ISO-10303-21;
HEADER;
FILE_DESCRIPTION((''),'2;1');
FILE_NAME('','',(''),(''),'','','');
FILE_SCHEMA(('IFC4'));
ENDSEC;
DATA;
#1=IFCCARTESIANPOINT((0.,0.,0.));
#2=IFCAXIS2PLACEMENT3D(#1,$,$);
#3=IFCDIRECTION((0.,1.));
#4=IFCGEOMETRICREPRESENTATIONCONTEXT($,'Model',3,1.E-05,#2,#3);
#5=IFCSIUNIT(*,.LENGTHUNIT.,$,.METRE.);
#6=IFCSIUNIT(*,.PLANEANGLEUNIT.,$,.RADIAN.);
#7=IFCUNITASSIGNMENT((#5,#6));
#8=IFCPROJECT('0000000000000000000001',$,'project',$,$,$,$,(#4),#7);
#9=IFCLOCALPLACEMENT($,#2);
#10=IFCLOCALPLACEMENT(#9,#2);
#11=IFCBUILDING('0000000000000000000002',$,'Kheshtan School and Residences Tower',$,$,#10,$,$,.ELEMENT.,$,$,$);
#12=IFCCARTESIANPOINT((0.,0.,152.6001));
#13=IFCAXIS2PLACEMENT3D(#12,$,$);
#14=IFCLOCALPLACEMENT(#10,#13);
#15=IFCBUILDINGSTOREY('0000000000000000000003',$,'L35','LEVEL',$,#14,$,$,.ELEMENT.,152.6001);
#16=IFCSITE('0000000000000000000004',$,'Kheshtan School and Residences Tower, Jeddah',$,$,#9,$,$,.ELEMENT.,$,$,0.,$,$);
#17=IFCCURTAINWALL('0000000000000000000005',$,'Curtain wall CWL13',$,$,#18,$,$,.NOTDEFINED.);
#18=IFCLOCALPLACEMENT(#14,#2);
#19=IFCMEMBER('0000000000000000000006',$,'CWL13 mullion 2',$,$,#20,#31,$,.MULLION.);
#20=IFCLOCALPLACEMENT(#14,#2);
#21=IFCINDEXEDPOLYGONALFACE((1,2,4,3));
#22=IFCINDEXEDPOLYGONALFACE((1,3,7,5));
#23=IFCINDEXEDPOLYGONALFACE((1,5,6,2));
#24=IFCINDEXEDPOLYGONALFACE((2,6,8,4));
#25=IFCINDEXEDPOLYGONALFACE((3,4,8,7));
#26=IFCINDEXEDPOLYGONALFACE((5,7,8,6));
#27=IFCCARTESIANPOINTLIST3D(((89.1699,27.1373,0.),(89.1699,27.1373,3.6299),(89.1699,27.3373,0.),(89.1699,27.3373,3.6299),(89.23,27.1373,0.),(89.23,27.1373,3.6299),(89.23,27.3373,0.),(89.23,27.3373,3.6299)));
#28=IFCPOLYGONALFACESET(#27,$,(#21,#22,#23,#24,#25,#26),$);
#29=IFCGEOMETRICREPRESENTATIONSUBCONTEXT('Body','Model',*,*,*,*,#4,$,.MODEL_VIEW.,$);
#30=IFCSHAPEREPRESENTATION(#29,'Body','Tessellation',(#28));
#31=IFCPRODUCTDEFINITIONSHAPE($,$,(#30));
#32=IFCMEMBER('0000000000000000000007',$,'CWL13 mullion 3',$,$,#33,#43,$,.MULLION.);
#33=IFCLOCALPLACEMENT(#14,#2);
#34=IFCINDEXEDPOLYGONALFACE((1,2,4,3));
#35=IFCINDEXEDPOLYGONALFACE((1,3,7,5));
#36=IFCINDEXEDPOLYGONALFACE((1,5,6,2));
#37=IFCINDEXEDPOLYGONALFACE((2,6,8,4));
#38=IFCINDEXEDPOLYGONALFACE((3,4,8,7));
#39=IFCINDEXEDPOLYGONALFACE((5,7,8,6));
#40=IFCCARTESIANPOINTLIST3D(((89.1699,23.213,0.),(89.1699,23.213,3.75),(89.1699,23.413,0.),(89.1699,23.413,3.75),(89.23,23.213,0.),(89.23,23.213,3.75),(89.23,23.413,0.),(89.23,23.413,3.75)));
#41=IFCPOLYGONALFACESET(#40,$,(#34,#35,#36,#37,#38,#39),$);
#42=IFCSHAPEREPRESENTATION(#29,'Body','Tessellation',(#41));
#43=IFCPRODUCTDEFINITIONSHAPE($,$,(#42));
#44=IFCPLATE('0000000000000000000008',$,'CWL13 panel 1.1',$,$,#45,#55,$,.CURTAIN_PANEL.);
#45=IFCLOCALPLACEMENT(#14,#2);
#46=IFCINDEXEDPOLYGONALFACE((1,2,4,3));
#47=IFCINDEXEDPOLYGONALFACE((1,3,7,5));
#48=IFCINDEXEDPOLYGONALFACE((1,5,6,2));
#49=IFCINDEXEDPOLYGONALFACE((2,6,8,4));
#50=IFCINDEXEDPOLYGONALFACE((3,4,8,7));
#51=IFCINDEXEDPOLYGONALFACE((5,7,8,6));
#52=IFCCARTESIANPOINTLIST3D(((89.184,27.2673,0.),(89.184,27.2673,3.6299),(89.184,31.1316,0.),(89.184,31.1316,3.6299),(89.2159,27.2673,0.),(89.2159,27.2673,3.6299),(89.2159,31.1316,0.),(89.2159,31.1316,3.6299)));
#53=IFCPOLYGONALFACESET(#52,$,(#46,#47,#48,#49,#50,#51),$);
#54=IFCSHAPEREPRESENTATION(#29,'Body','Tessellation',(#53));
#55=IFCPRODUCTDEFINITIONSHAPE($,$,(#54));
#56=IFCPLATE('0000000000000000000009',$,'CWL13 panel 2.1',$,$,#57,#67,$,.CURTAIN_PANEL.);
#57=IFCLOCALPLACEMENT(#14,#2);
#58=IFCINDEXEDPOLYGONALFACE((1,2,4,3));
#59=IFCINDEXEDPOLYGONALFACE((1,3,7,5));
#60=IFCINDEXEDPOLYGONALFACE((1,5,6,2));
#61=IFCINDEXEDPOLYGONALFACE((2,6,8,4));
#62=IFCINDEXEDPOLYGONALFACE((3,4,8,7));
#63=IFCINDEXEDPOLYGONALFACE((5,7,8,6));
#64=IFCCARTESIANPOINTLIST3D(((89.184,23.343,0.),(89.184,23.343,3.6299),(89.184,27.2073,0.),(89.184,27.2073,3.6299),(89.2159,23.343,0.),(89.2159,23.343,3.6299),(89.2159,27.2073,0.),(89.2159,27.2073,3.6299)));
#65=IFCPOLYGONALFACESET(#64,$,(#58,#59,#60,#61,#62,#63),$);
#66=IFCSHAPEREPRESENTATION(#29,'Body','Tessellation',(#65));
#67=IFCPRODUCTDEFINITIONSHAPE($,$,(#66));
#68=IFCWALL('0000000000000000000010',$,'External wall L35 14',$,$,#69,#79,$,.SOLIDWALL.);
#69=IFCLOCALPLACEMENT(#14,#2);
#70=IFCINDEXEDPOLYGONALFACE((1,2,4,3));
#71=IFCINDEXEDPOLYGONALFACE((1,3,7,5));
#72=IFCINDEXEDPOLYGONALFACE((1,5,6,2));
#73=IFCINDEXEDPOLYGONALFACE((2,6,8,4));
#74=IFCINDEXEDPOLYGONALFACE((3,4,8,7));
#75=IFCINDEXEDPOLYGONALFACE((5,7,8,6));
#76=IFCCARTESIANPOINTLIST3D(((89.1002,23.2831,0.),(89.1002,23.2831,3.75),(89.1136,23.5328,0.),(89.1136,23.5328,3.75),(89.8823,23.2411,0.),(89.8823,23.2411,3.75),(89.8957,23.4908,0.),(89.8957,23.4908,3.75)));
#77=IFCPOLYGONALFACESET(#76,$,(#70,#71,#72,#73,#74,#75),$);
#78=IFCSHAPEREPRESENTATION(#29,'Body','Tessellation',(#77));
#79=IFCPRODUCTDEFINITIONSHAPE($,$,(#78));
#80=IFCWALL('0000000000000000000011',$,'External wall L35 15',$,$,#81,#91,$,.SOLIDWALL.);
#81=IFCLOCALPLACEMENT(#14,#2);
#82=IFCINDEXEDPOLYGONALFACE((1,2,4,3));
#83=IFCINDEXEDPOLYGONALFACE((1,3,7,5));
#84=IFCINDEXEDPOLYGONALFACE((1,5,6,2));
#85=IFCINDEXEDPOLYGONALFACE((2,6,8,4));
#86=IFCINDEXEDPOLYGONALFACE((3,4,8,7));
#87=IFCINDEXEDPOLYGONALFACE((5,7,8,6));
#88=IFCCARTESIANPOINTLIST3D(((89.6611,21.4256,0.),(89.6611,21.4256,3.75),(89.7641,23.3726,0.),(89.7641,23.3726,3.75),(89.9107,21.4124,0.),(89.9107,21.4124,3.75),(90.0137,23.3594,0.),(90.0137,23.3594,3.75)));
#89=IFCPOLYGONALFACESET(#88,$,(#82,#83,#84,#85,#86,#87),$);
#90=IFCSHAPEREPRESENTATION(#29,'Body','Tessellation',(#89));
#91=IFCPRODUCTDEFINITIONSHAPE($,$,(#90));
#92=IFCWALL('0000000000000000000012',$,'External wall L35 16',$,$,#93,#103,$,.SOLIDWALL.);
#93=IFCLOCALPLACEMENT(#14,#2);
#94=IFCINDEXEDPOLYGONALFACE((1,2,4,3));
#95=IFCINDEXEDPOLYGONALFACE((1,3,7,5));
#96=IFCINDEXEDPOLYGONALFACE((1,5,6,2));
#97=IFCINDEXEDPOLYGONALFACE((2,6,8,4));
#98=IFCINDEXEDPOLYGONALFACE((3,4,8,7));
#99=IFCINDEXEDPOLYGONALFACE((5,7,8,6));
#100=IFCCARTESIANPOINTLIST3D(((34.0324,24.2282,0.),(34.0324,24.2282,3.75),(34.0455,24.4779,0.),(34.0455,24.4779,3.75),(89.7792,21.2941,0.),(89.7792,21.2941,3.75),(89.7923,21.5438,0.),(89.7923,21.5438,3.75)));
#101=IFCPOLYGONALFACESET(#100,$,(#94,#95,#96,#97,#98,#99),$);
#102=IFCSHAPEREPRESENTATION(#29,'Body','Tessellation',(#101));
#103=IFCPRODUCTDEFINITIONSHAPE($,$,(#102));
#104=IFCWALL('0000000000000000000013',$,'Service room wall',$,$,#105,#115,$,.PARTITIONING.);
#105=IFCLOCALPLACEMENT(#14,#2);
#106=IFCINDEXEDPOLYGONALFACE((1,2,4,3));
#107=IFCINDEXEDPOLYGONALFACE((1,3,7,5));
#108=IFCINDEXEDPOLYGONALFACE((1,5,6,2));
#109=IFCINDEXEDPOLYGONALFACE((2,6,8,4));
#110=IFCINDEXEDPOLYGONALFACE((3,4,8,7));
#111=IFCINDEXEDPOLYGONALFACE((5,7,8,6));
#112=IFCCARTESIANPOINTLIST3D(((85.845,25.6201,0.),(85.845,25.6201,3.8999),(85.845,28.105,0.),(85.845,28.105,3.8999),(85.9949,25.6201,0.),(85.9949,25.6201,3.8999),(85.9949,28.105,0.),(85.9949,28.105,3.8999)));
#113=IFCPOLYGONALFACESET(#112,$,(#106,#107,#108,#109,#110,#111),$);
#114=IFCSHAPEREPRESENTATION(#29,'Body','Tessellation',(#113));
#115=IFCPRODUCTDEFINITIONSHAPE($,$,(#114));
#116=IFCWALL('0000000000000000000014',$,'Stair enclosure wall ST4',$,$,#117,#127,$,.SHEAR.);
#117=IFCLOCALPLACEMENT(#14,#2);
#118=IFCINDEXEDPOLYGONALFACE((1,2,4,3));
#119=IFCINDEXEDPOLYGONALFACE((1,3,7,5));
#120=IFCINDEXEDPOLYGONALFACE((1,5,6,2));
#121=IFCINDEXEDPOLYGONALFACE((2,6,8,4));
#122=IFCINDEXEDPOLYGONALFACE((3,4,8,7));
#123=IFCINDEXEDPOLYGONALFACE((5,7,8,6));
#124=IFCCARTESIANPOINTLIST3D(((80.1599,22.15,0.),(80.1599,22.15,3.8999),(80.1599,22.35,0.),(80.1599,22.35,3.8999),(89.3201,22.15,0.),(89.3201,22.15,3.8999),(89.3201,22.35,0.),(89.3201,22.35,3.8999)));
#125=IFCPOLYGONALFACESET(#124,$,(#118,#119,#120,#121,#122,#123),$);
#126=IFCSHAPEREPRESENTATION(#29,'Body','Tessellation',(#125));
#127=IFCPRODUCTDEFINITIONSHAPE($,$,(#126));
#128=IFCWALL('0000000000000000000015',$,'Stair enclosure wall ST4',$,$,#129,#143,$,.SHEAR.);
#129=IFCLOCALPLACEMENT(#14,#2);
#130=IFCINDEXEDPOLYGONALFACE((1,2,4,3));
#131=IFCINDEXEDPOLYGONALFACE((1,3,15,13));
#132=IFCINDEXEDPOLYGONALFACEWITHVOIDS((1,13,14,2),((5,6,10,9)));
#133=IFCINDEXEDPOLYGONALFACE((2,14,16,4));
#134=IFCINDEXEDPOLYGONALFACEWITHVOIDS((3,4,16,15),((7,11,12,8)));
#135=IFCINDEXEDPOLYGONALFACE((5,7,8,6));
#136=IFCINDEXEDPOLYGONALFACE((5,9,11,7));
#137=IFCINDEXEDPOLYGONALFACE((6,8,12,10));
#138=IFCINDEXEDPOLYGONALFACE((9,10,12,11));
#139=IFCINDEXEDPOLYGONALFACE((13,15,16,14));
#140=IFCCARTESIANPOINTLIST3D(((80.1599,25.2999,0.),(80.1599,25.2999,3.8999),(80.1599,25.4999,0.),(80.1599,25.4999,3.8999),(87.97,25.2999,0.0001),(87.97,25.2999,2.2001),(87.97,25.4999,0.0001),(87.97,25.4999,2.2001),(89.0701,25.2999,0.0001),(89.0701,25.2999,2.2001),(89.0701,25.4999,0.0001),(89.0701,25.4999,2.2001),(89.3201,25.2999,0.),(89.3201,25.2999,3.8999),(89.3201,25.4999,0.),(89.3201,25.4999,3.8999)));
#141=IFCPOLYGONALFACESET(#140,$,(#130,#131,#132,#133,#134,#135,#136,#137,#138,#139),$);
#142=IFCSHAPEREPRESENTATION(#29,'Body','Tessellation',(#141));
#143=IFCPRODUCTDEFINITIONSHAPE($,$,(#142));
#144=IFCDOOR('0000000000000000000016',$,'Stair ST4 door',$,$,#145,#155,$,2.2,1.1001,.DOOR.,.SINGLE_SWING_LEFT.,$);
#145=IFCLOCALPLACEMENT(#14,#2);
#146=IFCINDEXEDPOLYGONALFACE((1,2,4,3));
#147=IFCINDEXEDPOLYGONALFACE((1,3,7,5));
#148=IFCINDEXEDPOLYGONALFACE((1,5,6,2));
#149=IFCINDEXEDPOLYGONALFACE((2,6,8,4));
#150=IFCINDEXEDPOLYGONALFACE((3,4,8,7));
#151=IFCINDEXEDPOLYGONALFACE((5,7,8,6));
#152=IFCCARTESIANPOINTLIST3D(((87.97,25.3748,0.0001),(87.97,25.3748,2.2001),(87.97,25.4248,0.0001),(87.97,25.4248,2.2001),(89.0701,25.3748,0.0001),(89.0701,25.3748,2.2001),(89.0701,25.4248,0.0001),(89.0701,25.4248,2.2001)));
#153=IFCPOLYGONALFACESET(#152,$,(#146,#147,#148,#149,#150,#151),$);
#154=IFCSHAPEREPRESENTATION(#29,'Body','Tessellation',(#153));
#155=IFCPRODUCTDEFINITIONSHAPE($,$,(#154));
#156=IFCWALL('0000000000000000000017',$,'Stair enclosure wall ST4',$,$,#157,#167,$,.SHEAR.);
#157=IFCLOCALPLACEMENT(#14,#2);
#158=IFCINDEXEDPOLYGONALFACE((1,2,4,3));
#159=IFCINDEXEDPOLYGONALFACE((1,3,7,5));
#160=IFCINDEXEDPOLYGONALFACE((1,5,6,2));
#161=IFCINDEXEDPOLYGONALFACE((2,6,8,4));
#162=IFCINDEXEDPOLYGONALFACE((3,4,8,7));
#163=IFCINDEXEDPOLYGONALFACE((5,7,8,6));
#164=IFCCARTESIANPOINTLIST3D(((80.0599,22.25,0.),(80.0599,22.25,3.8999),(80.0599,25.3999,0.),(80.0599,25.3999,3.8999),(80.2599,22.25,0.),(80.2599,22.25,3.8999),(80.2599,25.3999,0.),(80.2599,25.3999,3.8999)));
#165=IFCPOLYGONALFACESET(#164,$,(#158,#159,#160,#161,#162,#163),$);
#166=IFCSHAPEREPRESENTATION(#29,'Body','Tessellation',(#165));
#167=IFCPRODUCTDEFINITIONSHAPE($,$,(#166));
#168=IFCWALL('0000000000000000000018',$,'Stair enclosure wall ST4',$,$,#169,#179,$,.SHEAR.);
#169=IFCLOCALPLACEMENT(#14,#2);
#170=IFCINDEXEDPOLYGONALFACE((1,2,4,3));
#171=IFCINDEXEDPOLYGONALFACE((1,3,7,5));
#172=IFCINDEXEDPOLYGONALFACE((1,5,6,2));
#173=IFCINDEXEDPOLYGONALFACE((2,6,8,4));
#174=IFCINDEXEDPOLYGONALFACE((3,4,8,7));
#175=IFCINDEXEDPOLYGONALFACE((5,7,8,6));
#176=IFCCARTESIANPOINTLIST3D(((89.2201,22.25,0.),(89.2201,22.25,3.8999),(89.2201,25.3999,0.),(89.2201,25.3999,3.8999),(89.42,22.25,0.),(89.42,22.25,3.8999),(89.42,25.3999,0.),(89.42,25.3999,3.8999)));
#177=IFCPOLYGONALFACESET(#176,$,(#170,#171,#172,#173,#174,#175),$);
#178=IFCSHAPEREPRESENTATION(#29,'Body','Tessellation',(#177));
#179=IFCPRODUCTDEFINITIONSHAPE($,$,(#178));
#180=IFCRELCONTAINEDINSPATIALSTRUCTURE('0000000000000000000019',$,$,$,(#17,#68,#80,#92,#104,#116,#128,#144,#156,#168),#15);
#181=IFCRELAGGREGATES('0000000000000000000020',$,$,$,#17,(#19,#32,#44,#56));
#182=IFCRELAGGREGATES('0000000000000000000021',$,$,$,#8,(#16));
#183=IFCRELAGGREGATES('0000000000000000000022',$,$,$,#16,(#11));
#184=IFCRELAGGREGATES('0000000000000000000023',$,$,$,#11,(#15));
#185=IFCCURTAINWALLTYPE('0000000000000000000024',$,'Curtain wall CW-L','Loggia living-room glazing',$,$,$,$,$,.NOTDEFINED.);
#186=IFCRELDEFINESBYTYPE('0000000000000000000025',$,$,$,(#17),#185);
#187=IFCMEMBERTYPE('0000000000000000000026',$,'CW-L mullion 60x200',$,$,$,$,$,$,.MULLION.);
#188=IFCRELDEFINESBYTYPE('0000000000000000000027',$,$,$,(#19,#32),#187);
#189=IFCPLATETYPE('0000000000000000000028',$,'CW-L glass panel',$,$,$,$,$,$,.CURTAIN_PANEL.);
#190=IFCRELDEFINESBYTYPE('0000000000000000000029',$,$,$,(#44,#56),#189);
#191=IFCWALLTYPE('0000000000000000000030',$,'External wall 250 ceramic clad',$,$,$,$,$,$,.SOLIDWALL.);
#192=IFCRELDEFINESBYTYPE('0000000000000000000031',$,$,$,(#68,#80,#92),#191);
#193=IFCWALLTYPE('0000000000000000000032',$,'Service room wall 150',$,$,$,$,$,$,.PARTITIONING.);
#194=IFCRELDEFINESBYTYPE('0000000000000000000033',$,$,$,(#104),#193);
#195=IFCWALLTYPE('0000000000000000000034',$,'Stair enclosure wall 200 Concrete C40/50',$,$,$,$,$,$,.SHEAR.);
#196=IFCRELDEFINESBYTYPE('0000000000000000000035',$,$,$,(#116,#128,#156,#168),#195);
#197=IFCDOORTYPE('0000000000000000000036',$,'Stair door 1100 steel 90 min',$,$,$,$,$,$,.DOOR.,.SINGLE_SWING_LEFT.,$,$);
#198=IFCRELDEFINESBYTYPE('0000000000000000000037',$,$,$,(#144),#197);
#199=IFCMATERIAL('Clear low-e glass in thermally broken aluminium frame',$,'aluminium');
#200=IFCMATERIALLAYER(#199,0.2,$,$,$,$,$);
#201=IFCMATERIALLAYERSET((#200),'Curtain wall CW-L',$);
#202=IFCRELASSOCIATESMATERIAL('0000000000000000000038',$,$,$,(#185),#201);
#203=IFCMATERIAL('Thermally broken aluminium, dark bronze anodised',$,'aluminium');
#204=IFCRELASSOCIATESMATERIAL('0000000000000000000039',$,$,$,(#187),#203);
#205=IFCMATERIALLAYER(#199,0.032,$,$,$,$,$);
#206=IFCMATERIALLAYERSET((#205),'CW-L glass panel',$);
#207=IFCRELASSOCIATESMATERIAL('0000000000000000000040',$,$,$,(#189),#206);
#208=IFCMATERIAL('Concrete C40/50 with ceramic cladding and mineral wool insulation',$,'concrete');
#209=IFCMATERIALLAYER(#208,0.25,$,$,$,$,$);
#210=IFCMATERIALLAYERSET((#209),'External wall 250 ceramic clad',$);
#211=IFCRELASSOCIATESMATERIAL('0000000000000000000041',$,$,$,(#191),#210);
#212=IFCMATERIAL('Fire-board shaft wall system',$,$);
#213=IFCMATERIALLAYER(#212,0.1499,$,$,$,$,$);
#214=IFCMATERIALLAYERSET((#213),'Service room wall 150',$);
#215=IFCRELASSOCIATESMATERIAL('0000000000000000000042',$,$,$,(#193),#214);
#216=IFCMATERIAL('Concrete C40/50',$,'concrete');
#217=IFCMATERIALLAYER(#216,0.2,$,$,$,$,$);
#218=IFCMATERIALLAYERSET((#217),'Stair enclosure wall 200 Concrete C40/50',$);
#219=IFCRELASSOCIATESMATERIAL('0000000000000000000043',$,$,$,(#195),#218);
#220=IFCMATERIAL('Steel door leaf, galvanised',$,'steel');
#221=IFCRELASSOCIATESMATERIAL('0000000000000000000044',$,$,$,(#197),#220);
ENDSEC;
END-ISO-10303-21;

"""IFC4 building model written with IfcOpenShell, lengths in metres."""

from ifc_helpers import new_model, si_unit, direction, frame, frame_2d, origin, origin_2d, place, context, subcontext, project, spatial, rectangle, extrude, source, transform, mapped, material, layer, layer_set, material_profile, profile_set, type_object, element, fill, aggregate, save


model = new_model("IFC4")

# Units and contexts
model_context = context("Model", 3, precision=1e-05, world=origin(), true_north=direction((0.0, 1.0)))
body_context = subcontext(model_context, "Body", "Model", "MODEL_VIEW")
ifc_project = project(units=[si_unit("LENGTHUNIT", "METRE"), si_unit("PLANEANGLEUNIT", "RADIAN")], contexts=[model_context])

# Site, building, storey
site_placement = place(None, origin())
site = spatial("IfcSite", under=ifc_project, at=site_placement, Name="Kheshtan School and Residences Tower, Jeddah", CompositionType="ELEMENT", RefElevation=0.0)
building_placement = place(site_placement, origin())
building = spatial("IfcBuilding", under=site, at=building_placement, Name="Kheshtan School and Residences Tower", CompositionType="ELEMENT")
storey_placement = place(building_placement, frame((0.0, 0.0, 152.6001)))
storey = spatial("IfcBuildingStorey", under=building, at=storey_placement, Name="L35", Description="LEVEL", CompositionType="ELEMENT", Elevation=152.6001)

# Curtain wall, members, plates
ifc_material_1 = material(Name="Clear low-e glass in thermally broken aluminium frame", Category="aluminium")
ifc_layer_1 = layer(ifc_material_1, 0.2)
ifc_layer_set_1 = layer_set([ifc_layer_1], Name="Curtain wall CW-L")
curtain_wall_type = type_object("IfcCurtainWallType", Name="Curtain wall CW-L", Description="Loggia living-room glazing", PredefinedType="NOTDEFINED", material=ifc_layer_set_1)
curtain_wall_placement = place(storey_placement, origin())
curtain_wall = element("IfcCurtainWall", 1, at=curtain_wall_placement, inside=storey, type_object=curtain_wall_type, Name="Curtain wall CWL13", PredefinedType="NOTDEFINED")
ifc_material_2 = material(Name="Thermally broken aluminium, dark bronze anodised", Category="aluminium")
ifc_material_profile_1 = material_profile(ifc_material_2, rectangle(XDim=0.0601, YDim=0.2, at=origin_2d()), Name="CW-L mullion 60x200")
ifc_profile_set_1 = profile_set([ifc_material_profile_1], Name="Thermally broken aluminium, dark bronze anodised")
member_type = type_object("IfcMemberType", Name="CW-L mullion 60x200", PredefinedType="MULLION", material=ifc_profile_set_1)
member_1_placement = place(storey_placement, frame((89.2, 27.2373, 0.0), z_axis=(0.0, 0.0, 1.0), x_axis=(1.0, 0.0, 0.0)))
member_1 = element("IfcMember", 2, at=member_1_placement, type_object=member_type, Name="CWL13 mullion 2", PredefinedType="MULLION", context=body_context, shape_type="SweptSolid", body=[
    extrude(rectangle(XDim=0.0601, YDim=0.2, at=origin_2d()), origin(), (0.0, 0.0, 1.0), 3.6299),
])
member_2_placement = place(storey_placement, frame((89.2, 23.313, 0.0), z_axis=(0.0, 0.0, 1.0), x_axis=(1.0, 0.0, 0.0)))
member_2 = element("IfcMember", 3, at=member_2_placement, type_object=member_type, Name="CWL13 mullion 3", PredefinedType="MULLION", context=body_context, shape_type="SweptSolid", body=[
    extrude(rectangle(XDim=0.0601, YDim=0.2, at=origin_2d()), origin(), (0.0, 0.0, 1.0), 3.75),
])
ifc_layer_2 = layer(ifc_material_1, 0.032)
ifc_layer_set_2 = layer_set([ifc_layer_2], Name="CW-L glass panel")
plate_type = type_object("IfcPlateType", Name="CW-L glass panel", PredefinedType="CURTAIN_PANEL", material=ifc_layer_set_2)
plate_1_placement = place(storey_placement, frame((89.2, 29.1995, 0.0), z_axis=(0.0, 0.0, 1.0), x_axis=(0.0, -1.0, 0.0)))
plate_1 = element("IfcPlate", 4, at=plate_1_placement, type_object=plate_type, Name="CWL13 panel 1.1", PredefinedType="CURTAIN_PANEL", context=body_context, shape_type="SweptSolid", body=[
    extrude(rectangle(XDim=3.8643, YDim=0.032, at=origin_2d()), origin(), (0.0, 0.0, 1.0), 3.6299),
])
plate_2_placement = place(storey_placement, frame((89.2, 25.2751, 0.0), z_axis=(0.0, 0.0, 1.0), x_axis=(0.0, -1.0, 0.0)))
plate_2 = element("IfcPlate", 5, at=plate_2_placement, type_object=plate_type, Name="CWL13 panel 2.1", PredefinedType="CURTAIN_PANEL", context=body_context, shape_type="SweptSolid", body=[
    extrude(rectangle(XDim=3.8643, YDim=0.032, at=origin_2d()), origin(), (0.0, 0.0, 1.0), 3.6299),
])
aggregate(curtain_wall, [member_1, member_2, plate_1, plate_2])

# Walls
ifc_material_3 = material(Name="Concrete C40/50 with ceramic cladding and mineral wool insulation", Category="concrete")
ifc_layer_3 = layer(ifc_material_3, 0.25)
ifc_layer_set_3 = layer_set([ifc_layer_3], Name="External wall 250 ceramic clad")
wall_type_1 = type_object("IfcWallType", Name="External wall 250 ceramic clad", PredefinedType="SOLIDWALL", material=ifc_layer_set_3)
wall_1_placement = place(storey_placement, frame((89.1069, 23.408, 0.0), z_axis=(0.0, 0.0, 1.0), x_axis=(0.998561, -0.053622, 0.0)))
element("IfcWall", 6, at=wall_1_placement, inside=storey, type_object=wall_type_1, Name="External wall L35 14", PredefinedType="SOLIDWALL", context=body_context, shape_type="SweptSolid", body=[
    extrude(rectangle(XDim=0.7832, YDim=0.25, at=frame_2d((0.3916, 0.0))), origin(), (0.0, 0.0, 1.0), 3.75),
])
wall_2_placement = place(storey_placement, frame((89.8889, 23.366, 0.0), z_axis=(0.0, 0.0, 1.0), x_axis=(-0.052841, -0.998603, 0.0)))
element("IfcWall", 7, at=wall_2_placement, inside=storey, type_object=wall_type_1, Name="External wall L35 15", PredefinedType="SOLIDWALL", context=body_context, shape_type="SweptSolid", body=[
    extrude(rectangle(XDim=1.9497, YDim=0.25, at=frame_2d((0.9749, 0.0))), origin(), (0.0, 0.0, 1.0), 3.75),
])
wall_3_placement = place(storey_placement, frame((89.7859, 21.4189, 0.0), z_axis=(0.0, 0.0, 1.0), x_axis=(-0.998618, 0.05256, 0.0)))
element("IfcWall", 8, at=wall_3_placement, inside=storey, type_object=wall_type_1, Name="External wall L35 16", PredefinedType="SOLIDWALL", context=body_context, shape_type="SweptSolid", body=[
    extrude(rectangle(XDim=55.824, YDim=0.25, at=frame_2d((27.9121, 0.0))), origin(), (0.0, 0.0, 1.0), 3.75),
])
ifc_material_4 = material(Name="Fire-board shaft wall system")
ifc_layer_4 = layer(ifc_material_4, 0.1499)
ifc_layer_set_4 = layer_set([ifc_layer_4], Name="Service room wall 150")
wall_type_2 = type_object("IfcWallType", Name="Service room wall 150", PredefinedType="PARTITIONING", material=ifc_layer_set_4)
wall_4_placement = place(storey_placement, frame((85.9199, 25.6201, 0.0), z_axis=(0.0, 0.0, 1.0), x_axis=(0.0, 1.0, 0.0)))
element("IfcWall", 9, at=wall_4_placement, inside=storey, type_object=wall_type_2, Name="Service room wall", PredefinedType="PARTITIONING", context=body_context, shape_type="SweptSolid", body=[
    extrude(rectangle(XDim=2.4849, YDim=0.1499, at=frame_2d((1.2424, 0.0))), origin(), (0.0, 0.0, 1.0), 3.8999),
])
ifc_material_5 = material(Name="Concrete C40/50", Category="concrete")
ifc_layer_5 = layer(ifc_material_5, 0.2)
ifc_layer_set_5 = layer_set([ifc_layer_5], Name="Stair enclosure wall 200 Concrete C40/50")
wall_type_3 = type_object("IfcWallType", Name="Stair enclosure wall 200 Concrete C40/50", PredefinedType="SHEAR", material=ifc_layer_set_5)
wall_5_placement = place(storey_placement, frame((80.1599, 22.25, 0.0), z_axis=(0.0, 0.0, 1.0), x_axis=(1.0, 0.0, 0.0)))
element("IfcWall", 10, at=wall_5_placement, inside=storey, type_object=wall_type_3, Name="Stair enclosure wall ST4", PredefinedType="SHEAR", context=body_context, shape_type="SweptSolid", body=[
    extrude(rectangle(XDim=9.1602, YDim=0.2, at=frame_2d((4.5801, 0.0))), origin(), (0.0, 0.0, 1.0), 3.8999),
])

# Wall, opening, door
wall_6_placement = place(storey_placement, frame((80.1599, 25.3999, 0.0), z_axis=(0.0, 0.0, 1.0), x_axis=(1.0, 0.0, 0.0)))
wall_6 = element("IfcWall", 11, at=wall_6_placement, inside=storey, type_object=wall_type_3, Name="Stair enclosure wall ST4", PredefinedType="SHEAR", context=body_context, shape_type="SweptSolid", body=[
    extrude(rectangle(XDim=9.1602, YDim=0.2, at=frame_2d((4.5801, 0.0))), origin(), (0.0, 0.0, 1.0), 3.8999),
])
opening_placement = place(wall_6_placement, frame((7.8101, 0.0, 0.0)))
opening = element("IfcOpeningElement", 12, at=opening_placement, cuts=wall_6, PredefinedType="OPENING", context=body_context, shape_type="SweptSolid", body=[
    extrude(rectangle(XDim=1.1001, YDim=2.2, at=frame_2d((0.55, 1.1001))), frame((0.0, 0.1099, 0.0), z_axis=(0.0, -1.0, 0.0), x_axis=(1.0, 0.0, 0.0)), (0.0, 0.0, 1.0), 0.22),
])
ifc_material_6 = material(Name="Steel door leaf, galvanised", Category="steel")
door_type = type_object("IfcDoorType", Name="Stair door 1100 steel 90 min", OperationType="SINGLE_SWING_LEFT", PredefinedType="DOOR", material=ifc_material_6)
shared_shape = source(origin(), body_context, "Body", "SweptSolid", [
    extrude(rectangle(XDim=1.1001, YDim=2.2, at=frame_2d((0.55, 1.1001))), frame((0.0, 0.0249, 0.0), z_axis=(0.0, -1.0, 0.0), x_axis=(1.0, 0.0, 0.0)), (0.0, 0.0, 1.0), 0.05),
])
door_placement = place(opening_placement, origin())
door = element("IfcDoor", 13, at=door_placement, inside=storey, type_object=door_type, Name="Stair ST4 door", OperationType="SINGLE_SWING_LEFT", OverallHeight=2.2, OverallWidth=1.1001, PredefinedType="DOOR", context=body_context, shape_type="MappedRepresentation", body=[
    mapped(shared_shape, transform((0.0, 0.0, 0.0), x_axis=(1.0, 0.0, 0.0), y_axis=(0.0, 1.0, 0.0), z_axis=(0.0, 0.0, 1.0), scale=1.0)),
])
fill(opening, door)

# Walls
for number, where, z_axis, x_axis, name in (
    (14, (80.1599, 22.25, 0.0), (0.0, 0.0, 1.0), (0.0, 1.0, 0.0), "Stair enclosure wall ST4"),
    (15, (89.3201, 22.25, 0.0), (0.0, 0.0, 1.0), (0.0, 1.0, 0.0), "Stair enclosure wall ST4"),
):
    element("IfcWall", number, at=place(storey_placement, frame(where, z_axis=z_axis, x_axis=x_axis)), inside=storey, type_object=wall_type_3, Name=name, PredefinedType="SHEAR", context=body_context, shape_type="SweptSolid", body=[
        extrude(rectangle(XDim=3.1499, YDim=0.2, at=frame_2d((1.575, 0.0))), origin(), (0.0, 0.0, 1.0), 3.8999),
    ])

save(model, "model.ifc")
